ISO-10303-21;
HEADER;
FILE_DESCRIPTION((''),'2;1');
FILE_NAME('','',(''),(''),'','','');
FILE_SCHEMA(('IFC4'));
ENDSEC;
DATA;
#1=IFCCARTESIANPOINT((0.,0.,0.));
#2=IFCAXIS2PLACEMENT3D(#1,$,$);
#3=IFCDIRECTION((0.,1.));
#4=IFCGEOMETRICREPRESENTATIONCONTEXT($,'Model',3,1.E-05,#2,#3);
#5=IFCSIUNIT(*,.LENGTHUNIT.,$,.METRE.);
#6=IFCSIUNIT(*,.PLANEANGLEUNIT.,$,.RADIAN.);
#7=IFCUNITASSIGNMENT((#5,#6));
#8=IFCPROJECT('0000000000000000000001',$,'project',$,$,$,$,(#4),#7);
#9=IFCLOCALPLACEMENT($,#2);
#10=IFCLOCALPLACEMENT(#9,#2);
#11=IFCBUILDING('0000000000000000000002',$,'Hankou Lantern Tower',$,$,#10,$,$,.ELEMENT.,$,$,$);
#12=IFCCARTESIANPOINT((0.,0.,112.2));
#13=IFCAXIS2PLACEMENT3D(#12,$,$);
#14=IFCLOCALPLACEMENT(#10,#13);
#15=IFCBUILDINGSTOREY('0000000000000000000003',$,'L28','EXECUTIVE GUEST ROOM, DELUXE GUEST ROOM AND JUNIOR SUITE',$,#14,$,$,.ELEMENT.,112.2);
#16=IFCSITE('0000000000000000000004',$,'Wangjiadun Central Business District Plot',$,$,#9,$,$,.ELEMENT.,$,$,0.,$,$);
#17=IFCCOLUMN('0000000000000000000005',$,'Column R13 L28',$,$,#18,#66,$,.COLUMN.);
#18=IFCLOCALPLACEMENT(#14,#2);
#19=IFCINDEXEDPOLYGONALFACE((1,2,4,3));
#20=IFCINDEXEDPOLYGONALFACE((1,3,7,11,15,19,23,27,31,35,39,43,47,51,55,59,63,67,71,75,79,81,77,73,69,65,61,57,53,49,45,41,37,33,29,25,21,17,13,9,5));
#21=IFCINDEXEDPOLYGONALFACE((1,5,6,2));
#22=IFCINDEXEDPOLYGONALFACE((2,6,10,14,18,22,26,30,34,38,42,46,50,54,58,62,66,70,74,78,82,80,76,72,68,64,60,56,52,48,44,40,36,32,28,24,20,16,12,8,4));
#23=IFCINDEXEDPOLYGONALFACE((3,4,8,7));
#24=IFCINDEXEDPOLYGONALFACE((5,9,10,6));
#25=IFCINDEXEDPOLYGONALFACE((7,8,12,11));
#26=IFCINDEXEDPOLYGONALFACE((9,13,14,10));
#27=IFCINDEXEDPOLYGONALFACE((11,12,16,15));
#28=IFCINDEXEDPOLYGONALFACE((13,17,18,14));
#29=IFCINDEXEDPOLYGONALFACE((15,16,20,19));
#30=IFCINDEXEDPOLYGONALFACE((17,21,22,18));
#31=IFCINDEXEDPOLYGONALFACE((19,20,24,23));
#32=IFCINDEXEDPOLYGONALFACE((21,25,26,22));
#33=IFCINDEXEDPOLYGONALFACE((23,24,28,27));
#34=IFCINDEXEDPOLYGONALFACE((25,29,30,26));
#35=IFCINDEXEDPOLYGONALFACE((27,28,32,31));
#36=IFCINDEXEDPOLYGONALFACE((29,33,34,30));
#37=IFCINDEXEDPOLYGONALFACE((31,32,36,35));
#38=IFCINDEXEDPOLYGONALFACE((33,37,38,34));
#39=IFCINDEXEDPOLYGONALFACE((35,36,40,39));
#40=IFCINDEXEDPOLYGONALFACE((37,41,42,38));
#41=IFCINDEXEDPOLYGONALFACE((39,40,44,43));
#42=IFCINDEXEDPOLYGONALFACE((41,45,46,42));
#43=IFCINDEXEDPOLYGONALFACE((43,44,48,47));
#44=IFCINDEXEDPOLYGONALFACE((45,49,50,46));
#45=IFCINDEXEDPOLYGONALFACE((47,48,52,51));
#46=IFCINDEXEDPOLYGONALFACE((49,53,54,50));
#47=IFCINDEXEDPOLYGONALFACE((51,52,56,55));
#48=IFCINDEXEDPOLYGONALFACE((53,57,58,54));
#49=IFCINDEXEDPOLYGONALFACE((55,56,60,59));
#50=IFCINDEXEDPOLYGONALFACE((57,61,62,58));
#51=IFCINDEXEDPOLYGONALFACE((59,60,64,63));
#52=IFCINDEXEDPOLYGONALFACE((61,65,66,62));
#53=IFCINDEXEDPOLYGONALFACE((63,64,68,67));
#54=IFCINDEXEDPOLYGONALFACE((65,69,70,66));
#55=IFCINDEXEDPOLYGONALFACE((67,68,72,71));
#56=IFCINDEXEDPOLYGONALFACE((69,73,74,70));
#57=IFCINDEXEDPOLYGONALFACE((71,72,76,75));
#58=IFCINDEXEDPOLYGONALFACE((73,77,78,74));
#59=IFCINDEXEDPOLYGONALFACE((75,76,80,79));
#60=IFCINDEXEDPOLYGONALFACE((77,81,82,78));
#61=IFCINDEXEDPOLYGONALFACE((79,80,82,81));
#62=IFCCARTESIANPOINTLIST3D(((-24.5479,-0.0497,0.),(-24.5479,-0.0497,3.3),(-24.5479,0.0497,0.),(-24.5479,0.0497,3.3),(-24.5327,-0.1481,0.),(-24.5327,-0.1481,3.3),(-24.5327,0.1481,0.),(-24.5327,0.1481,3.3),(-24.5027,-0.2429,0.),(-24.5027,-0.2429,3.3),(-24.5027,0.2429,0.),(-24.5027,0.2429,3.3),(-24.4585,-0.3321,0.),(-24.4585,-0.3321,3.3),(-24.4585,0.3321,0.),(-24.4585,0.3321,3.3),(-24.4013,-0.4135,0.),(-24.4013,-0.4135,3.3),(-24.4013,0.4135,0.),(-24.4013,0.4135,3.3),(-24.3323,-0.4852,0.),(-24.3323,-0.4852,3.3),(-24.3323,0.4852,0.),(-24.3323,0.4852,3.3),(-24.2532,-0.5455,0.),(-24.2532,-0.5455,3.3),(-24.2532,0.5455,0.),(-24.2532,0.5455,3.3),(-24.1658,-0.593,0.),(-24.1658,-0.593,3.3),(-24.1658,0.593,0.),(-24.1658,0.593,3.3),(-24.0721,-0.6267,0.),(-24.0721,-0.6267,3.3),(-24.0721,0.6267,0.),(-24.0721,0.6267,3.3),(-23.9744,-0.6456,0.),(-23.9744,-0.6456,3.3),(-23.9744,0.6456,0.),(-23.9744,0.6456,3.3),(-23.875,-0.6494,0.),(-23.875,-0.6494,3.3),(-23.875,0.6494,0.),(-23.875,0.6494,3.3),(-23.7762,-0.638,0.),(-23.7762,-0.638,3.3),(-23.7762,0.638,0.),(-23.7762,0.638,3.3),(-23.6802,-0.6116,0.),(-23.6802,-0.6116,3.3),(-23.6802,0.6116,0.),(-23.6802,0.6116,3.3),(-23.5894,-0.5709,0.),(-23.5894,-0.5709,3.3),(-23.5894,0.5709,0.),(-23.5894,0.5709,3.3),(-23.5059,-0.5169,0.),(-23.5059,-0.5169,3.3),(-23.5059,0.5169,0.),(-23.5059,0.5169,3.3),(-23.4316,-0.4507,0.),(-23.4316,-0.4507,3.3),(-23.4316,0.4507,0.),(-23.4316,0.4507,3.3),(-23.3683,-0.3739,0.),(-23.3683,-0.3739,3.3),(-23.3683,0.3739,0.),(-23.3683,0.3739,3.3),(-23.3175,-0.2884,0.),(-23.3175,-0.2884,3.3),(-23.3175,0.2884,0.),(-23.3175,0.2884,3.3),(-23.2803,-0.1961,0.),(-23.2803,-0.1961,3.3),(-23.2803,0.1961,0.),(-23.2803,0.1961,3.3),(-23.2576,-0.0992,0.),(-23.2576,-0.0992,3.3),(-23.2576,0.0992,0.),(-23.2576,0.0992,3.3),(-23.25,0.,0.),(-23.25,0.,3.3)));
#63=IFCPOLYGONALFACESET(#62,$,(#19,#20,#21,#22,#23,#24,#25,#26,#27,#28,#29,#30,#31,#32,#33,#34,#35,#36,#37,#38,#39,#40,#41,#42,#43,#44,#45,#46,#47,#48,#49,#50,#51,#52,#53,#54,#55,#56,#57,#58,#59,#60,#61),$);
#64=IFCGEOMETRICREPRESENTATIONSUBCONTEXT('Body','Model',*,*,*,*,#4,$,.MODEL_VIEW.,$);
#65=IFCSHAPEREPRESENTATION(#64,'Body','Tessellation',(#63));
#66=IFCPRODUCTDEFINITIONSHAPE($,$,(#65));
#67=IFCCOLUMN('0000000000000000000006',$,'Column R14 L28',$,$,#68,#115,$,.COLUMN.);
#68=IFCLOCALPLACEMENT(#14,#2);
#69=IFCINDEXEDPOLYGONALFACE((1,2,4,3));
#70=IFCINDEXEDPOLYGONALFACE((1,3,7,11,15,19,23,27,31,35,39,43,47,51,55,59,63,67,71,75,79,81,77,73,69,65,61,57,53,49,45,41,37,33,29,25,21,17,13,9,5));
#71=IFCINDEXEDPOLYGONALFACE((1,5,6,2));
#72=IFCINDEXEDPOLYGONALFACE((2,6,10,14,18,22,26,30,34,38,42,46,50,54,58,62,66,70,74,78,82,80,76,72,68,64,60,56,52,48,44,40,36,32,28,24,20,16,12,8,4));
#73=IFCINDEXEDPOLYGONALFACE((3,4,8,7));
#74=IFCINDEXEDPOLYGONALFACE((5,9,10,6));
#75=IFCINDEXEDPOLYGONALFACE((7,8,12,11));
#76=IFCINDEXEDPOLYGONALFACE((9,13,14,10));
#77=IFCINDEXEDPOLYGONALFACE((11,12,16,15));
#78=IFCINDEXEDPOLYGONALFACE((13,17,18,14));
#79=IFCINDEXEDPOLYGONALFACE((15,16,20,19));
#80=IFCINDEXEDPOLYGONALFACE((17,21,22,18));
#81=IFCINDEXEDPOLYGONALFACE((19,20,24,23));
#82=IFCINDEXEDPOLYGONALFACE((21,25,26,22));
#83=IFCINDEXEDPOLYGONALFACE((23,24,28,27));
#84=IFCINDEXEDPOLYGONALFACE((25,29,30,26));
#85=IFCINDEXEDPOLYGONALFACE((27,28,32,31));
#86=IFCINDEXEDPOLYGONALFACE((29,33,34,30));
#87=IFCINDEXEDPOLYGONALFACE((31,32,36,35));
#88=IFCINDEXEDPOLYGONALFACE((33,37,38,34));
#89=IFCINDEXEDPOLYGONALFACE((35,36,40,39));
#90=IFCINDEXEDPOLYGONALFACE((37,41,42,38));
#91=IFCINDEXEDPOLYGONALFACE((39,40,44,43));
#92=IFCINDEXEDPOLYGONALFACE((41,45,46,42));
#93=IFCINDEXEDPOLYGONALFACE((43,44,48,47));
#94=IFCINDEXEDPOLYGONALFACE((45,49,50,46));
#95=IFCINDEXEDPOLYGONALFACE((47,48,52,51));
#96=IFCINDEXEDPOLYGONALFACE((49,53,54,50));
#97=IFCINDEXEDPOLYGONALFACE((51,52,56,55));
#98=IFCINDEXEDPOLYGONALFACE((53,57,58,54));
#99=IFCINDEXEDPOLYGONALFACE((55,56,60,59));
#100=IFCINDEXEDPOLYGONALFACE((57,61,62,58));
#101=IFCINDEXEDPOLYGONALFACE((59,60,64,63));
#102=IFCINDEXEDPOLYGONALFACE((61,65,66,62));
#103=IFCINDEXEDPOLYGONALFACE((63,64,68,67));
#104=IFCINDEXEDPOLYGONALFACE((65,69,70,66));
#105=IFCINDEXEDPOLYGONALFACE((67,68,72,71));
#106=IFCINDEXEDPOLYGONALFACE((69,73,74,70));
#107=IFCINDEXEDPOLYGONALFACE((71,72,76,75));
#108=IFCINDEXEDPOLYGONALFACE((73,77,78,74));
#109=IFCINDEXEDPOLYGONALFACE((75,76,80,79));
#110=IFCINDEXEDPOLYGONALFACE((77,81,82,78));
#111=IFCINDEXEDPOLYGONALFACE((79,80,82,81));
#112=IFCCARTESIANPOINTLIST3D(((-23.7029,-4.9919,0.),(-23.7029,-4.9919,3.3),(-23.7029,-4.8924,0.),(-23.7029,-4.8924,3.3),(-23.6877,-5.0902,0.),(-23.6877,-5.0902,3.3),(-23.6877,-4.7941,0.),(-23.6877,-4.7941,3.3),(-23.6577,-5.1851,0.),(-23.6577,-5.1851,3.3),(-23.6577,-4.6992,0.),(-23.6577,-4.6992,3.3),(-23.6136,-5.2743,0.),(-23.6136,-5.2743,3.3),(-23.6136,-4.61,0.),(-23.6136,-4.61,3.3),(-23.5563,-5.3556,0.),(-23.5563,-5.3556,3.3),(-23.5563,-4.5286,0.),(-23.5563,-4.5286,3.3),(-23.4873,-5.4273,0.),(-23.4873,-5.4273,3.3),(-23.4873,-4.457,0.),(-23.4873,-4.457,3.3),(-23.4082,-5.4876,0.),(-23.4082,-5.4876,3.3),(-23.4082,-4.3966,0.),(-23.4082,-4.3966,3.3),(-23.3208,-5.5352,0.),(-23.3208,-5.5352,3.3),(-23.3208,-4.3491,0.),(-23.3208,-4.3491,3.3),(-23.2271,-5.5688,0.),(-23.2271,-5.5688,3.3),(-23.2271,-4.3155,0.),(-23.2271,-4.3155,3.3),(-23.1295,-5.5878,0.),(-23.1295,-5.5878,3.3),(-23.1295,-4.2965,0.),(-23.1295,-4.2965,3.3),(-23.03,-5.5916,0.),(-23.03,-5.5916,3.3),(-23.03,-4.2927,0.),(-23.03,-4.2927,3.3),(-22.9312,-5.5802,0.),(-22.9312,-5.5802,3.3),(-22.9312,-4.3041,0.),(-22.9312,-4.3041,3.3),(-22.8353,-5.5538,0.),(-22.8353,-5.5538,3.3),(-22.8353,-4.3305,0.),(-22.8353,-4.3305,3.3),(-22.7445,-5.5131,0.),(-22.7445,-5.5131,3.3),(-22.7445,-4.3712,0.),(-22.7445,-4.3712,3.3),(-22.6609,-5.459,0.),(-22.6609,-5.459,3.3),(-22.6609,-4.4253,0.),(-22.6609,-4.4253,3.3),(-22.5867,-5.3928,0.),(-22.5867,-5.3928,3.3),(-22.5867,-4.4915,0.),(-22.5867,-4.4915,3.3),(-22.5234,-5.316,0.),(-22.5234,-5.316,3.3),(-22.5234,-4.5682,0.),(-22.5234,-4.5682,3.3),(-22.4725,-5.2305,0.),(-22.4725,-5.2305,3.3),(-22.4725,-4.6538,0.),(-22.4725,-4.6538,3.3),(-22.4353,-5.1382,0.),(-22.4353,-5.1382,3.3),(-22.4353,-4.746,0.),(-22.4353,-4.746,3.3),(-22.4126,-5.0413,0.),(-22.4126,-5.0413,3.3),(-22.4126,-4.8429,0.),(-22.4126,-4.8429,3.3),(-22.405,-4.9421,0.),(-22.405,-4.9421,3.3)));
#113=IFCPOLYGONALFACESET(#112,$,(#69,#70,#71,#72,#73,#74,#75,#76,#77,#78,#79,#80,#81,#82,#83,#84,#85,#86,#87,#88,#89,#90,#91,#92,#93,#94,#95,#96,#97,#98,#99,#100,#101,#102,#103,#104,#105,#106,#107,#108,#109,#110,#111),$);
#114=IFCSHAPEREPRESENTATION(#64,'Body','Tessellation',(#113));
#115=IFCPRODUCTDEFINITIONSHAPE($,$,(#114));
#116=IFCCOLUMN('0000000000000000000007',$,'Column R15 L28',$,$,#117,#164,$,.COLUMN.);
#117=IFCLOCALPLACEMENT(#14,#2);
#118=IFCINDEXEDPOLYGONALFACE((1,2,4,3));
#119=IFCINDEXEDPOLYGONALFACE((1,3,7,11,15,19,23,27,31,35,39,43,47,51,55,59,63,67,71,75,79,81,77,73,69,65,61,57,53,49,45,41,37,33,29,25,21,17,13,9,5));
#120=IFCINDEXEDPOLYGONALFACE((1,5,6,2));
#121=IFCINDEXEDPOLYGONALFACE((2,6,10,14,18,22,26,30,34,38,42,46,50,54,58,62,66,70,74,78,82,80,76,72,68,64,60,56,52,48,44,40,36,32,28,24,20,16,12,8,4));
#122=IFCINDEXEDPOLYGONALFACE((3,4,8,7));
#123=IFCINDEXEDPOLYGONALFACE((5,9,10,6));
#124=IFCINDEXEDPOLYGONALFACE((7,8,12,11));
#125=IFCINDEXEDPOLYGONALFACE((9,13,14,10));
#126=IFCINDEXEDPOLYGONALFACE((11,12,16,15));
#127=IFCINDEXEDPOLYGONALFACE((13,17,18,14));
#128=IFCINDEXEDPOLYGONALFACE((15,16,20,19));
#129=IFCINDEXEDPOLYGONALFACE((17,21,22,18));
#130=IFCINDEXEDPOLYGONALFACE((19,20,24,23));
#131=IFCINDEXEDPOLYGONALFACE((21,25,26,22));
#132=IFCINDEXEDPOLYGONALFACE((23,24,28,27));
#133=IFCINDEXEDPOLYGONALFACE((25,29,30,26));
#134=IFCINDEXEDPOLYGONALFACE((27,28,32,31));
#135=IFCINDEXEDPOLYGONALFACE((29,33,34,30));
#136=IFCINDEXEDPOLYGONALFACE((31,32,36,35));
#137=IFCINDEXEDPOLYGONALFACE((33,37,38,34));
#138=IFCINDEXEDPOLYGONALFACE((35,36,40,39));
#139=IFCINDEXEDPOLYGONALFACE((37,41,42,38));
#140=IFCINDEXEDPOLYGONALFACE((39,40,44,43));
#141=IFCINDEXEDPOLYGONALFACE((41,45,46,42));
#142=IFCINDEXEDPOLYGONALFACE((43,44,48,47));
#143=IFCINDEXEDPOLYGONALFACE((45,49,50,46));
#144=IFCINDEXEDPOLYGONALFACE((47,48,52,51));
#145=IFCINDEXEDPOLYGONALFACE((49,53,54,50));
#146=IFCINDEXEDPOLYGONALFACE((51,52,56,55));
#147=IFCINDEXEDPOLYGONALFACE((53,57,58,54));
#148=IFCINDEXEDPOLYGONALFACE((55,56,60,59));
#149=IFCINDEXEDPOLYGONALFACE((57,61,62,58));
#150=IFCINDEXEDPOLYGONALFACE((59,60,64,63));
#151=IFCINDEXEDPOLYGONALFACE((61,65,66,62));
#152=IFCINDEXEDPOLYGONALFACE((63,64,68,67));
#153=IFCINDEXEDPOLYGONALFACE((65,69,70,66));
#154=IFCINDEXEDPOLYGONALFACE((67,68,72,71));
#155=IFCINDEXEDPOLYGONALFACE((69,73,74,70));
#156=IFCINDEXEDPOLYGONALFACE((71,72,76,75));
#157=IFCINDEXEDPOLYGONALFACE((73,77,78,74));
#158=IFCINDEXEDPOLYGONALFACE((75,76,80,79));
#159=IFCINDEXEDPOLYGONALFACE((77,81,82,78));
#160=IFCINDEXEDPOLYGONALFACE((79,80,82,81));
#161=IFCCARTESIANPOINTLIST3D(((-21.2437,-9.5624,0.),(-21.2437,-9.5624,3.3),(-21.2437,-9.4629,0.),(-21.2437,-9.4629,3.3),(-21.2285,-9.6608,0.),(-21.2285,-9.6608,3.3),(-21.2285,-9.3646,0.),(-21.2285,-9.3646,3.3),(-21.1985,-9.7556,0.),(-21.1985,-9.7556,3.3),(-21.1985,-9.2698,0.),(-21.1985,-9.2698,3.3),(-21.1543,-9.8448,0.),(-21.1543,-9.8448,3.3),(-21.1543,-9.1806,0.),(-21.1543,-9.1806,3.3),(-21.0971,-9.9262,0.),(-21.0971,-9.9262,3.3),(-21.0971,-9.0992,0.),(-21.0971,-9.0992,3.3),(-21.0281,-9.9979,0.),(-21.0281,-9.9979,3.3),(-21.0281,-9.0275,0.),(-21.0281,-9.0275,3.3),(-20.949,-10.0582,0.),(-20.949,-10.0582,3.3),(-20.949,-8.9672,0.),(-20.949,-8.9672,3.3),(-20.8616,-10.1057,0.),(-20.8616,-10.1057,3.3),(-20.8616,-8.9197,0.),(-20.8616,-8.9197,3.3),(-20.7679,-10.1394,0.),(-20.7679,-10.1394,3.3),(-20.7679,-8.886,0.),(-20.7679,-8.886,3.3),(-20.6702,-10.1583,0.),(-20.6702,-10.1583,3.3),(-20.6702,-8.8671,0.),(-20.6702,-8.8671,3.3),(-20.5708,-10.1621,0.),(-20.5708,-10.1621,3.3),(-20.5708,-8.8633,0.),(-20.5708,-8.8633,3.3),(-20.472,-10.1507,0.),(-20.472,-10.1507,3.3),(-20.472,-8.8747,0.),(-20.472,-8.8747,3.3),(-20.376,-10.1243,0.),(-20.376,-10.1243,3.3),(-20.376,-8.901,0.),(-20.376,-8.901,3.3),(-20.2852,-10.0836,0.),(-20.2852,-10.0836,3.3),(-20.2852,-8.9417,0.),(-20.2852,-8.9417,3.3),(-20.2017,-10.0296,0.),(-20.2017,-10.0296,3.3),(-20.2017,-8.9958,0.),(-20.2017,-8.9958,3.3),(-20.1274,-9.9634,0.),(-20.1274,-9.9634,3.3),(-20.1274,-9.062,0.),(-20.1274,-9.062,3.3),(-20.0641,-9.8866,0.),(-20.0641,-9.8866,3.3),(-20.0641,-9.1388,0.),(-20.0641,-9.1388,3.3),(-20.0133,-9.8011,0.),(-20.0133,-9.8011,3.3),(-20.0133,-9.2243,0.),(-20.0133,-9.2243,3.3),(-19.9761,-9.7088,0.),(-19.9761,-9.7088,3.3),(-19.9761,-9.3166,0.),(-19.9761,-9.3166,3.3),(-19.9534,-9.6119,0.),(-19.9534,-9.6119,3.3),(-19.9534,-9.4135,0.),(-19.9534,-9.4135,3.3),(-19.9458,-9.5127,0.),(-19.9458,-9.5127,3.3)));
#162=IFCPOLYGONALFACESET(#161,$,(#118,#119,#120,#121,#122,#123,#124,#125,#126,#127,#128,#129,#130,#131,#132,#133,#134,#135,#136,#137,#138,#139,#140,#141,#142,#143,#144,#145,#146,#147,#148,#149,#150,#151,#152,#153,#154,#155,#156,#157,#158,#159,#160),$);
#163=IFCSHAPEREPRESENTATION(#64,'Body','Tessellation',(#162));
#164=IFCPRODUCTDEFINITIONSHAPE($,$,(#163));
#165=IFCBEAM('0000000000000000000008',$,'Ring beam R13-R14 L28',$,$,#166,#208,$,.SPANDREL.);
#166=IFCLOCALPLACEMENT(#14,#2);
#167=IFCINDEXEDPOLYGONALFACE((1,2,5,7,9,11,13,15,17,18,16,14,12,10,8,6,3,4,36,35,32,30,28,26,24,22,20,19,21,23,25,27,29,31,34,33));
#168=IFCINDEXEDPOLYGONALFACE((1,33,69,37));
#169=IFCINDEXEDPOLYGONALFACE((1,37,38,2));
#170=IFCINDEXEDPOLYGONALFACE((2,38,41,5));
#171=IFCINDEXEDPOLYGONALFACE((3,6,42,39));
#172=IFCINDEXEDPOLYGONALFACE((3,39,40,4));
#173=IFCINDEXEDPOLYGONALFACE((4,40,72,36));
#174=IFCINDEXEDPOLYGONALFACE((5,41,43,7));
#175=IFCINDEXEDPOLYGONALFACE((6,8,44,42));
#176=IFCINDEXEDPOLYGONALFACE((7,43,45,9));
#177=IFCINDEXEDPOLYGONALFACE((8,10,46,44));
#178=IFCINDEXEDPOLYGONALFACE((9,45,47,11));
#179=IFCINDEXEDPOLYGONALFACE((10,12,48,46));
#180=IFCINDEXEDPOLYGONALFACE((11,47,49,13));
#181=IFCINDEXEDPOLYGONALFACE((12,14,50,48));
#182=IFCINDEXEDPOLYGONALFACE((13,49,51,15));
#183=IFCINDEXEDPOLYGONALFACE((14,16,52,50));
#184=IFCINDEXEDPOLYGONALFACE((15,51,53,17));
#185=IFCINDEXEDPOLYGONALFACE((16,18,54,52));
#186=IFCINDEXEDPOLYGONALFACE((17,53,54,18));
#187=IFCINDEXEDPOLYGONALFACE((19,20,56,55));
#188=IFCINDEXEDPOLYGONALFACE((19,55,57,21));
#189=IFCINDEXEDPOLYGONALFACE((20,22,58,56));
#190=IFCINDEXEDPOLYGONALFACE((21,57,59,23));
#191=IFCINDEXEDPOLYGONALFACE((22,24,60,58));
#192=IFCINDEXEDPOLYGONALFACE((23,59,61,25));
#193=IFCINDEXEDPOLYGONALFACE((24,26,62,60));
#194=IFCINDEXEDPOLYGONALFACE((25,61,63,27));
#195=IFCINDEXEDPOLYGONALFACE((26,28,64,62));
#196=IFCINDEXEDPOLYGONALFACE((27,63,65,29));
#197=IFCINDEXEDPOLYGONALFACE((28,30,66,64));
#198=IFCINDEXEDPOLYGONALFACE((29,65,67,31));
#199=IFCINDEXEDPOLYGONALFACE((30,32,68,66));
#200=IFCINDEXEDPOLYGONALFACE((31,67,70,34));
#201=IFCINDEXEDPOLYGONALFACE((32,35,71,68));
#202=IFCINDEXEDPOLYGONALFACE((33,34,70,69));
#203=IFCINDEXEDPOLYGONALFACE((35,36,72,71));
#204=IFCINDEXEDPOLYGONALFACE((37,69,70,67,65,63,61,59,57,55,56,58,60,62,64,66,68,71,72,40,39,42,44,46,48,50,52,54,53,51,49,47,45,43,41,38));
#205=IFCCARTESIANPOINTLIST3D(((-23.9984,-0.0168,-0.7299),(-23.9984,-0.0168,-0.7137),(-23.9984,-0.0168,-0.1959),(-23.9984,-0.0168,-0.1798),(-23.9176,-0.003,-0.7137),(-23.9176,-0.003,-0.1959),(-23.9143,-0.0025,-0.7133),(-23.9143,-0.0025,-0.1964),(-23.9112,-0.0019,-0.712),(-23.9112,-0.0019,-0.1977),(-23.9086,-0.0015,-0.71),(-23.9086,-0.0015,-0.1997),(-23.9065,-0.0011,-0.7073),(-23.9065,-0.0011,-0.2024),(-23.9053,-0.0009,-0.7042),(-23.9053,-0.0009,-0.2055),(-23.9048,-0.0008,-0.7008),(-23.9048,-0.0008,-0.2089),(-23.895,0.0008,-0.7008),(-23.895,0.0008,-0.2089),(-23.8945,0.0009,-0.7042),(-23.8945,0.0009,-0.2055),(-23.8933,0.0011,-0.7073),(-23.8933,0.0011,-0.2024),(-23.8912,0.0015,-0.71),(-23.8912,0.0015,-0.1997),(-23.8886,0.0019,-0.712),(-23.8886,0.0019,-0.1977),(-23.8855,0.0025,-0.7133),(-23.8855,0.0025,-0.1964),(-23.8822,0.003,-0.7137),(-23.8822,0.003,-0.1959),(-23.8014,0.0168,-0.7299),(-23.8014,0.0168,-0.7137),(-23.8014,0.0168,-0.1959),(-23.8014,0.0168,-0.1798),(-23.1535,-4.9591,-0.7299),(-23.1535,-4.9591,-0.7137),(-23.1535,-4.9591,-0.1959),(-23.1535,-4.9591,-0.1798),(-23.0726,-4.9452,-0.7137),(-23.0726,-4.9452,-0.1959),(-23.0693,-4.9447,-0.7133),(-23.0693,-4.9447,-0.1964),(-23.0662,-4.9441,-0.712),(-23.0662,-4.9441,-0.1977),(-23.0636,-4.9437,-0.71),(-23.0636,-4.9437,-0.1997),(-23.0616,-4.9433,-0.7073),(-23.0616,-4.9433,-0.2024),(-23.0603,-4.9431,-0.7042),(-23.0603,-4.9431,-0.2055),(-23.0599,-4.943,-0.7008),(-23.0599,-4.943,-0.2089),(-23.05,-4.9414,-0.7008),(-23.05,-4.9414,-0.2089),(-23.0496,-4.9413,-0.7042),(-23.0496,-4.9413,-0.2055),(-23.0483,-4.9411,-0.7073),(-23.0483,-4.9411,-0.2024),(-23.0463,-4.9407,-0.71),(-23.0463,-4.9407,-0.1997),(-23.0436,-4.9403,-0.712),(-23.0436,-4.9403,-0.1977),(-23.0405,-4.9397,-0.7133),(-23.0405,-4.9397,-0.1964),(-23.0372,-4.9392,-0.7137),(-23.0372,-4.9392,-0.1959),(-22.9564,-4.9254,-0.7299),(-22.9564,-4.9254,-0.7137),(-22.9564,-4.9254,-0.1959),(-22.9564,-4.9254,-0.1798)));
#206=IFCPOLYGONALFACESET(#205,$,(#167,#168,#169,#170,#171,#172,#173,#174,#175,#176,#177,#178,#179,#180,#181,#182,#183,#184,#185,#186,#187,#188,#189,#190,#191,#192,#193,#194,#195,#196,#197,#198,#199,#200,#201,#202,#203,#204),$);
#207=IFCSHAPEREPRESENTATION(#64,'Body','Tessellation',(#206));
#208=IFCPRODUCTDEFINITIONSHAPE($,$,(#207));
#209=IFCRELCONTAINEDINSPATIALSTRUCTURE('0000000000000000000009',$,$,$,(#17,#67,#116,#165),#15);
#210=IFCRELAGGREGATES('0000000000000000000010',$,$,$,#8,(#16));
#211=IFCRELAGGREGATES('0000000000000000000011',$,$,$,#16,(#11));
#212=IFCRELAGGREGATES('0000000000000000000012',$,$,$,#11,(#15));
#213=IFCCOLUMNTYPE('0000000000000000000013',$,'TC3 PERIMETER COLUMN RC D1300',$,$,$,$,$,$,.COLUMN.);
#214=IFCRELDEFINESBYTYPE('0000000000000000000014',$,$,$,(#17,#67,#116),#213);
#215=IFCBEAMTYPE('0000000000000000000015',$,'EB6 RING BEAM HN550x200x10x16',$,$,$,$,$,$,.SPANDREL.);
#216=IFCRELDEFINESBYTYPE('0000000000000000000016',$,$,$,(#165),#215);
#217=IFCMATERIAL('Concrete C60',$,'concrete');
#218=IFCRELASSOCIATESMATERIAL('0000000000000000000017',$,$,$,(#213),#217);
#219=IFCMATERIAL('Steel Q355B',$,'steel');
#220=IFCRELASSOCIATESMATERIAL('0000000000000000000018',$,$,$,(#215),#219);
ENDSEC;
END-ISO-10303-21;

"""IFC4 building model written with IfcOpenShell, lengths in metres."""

from ifc_helpers import new_model, si_unit, direction, frame, origin, origin_2d, place, context, subcontext, project, spatial, circle, i_section, extrude, material, material_profile, profile_set, type_object, element, save


model = new_model("IFC4")

# Units and contexts
model_context = context("Model", 3, precision=1e-05, world=origin(), true_north=direction((0.0, 1.0)))
body_context = subcontext(model_context, "Body", "Model", "MODEL_VIEW")
ifc_project = project(units=[si_unit("LENGTHUNIT", "METRE"), si_unit("PLANEANGLEUNIT", "RADIAN")], contexts=[model_context])

# Site, building, storey
site_placement = place(None, origin())
site = spatial("IfcSite", under=ifc_project, at=site_placement, Name="Wangjiadun Central Business District Plot", CompositionType="ELEMENT", RefElevation=0.0)
building_placement = place(site_placement, origin())
building = spatial("IfcBuilding", under=site, at=building_placement, Name="Hankou Lantern Tower", CompositionType="ELEMENT")
storey_placement = place(building_placement, frame((0.0, 0.0, 112.2)))
storey = spatial("IfcBuildingStorey", under=building, at=storey_placement, Name="L28", Description="EXECUTIVE GUEST ROOM, DELUXE GUEST ROOM AND JUNIOR SUITE", CompositionType="ELEMENT", Elevation=112.2)

# Columns
ifc_material_1 = material(Name="Concrete C60", Category="concrete")
ifc_material_profile_1 = material_profile(ifc_material_1, circle(Radius=0.6499, at=origin_2d()), Name="RC D1300")
ifc_profile_set_1 = profile_set([ifc_material_profile_1], Name="Concrete C60")
column_type = type_object("IfcColumnType", Name="TC3 PERIMETER COLUMN RC D1300", PredefinedType="COLUMN", material=ifc_profile_set_1)
for number, where, z_axis, x_axis, name in (
    (1, (-23.8999, 0.0, 0.0), (0.0, 0.0, 1.0), (1.0, 0.0, 0.0), "Column R13 L28"),
    (2, (-23.0549, -4.9421, 0.0), (0.0, 0.0, 1.0), (1.0, 0.0, 0.0), "Column R14 L28"),
    (3, (-20.5957, -9.5127, 0.0), (0.0, 0.0, 1.0), (1.0, 0.0, 0.0), "Column R15 L28"),
):
    element("IfcColumn", number, at=place(storey_placement, frame(where, z_axis=z_axis, x_axis=x_axis)), inside=storey, type_object=column_type, Name=name, PredefinedType="COLUMN", context=body_context, shape_type="SweptSolid", body=[
        extrude(circle(Radius=0.6499, at=origin_2d()), origin(), (0.0, 0.0, 1.0), 3.3),
    ])

# Beam
ifc_material_2 = material(Name="Steel Q355B", Category="steel")
ifc_material_profile_2 = material_profile(ifc_material_2, i_section(OverallWidth=0.2, OverallDepth=0.55, WebThickness=0.01, FlangeThickness=0.0161, FilletRadius=0.0129, at=origin_2d()), Name="HN550x200x10x16")
ifc_profile_set_2 = profile_set([ifc_material_profile_2], Name="Steel Q355B")
beam_type_1 = type_object("IfcBeamType", Name="EB6 RING BEAM HN550x200x10x16", PredefinedType="SPANDREL", material=ifc_profile_set_2)
beam_1_placement = place(storey_placement, frame((-23.8999, 0.0, -0.4548), z_axis=(0.168527, -0.985697, 0.0), x_axis=(0.985697, 0.168527, 0.0)))
element("IfcBeam", 4, at=beam_1_placement, inside=storey, type_object=beam_type_1, Name="Ring beam R13-R14 L28", PredefinedType="SPANDREL", context=body_context, shape_type="SweptSolid", body=[
    extrude(i_section(OverallWidth=0.2, OverallDepth=0.55, WebThickness=0.01, FlangeThickness=0.0161, FilletRadius=0.0129, at=origin_2d()), origin(), (0.0, 0.0, 1.0), 5.0139),
])

save(model, "model.ifc")
